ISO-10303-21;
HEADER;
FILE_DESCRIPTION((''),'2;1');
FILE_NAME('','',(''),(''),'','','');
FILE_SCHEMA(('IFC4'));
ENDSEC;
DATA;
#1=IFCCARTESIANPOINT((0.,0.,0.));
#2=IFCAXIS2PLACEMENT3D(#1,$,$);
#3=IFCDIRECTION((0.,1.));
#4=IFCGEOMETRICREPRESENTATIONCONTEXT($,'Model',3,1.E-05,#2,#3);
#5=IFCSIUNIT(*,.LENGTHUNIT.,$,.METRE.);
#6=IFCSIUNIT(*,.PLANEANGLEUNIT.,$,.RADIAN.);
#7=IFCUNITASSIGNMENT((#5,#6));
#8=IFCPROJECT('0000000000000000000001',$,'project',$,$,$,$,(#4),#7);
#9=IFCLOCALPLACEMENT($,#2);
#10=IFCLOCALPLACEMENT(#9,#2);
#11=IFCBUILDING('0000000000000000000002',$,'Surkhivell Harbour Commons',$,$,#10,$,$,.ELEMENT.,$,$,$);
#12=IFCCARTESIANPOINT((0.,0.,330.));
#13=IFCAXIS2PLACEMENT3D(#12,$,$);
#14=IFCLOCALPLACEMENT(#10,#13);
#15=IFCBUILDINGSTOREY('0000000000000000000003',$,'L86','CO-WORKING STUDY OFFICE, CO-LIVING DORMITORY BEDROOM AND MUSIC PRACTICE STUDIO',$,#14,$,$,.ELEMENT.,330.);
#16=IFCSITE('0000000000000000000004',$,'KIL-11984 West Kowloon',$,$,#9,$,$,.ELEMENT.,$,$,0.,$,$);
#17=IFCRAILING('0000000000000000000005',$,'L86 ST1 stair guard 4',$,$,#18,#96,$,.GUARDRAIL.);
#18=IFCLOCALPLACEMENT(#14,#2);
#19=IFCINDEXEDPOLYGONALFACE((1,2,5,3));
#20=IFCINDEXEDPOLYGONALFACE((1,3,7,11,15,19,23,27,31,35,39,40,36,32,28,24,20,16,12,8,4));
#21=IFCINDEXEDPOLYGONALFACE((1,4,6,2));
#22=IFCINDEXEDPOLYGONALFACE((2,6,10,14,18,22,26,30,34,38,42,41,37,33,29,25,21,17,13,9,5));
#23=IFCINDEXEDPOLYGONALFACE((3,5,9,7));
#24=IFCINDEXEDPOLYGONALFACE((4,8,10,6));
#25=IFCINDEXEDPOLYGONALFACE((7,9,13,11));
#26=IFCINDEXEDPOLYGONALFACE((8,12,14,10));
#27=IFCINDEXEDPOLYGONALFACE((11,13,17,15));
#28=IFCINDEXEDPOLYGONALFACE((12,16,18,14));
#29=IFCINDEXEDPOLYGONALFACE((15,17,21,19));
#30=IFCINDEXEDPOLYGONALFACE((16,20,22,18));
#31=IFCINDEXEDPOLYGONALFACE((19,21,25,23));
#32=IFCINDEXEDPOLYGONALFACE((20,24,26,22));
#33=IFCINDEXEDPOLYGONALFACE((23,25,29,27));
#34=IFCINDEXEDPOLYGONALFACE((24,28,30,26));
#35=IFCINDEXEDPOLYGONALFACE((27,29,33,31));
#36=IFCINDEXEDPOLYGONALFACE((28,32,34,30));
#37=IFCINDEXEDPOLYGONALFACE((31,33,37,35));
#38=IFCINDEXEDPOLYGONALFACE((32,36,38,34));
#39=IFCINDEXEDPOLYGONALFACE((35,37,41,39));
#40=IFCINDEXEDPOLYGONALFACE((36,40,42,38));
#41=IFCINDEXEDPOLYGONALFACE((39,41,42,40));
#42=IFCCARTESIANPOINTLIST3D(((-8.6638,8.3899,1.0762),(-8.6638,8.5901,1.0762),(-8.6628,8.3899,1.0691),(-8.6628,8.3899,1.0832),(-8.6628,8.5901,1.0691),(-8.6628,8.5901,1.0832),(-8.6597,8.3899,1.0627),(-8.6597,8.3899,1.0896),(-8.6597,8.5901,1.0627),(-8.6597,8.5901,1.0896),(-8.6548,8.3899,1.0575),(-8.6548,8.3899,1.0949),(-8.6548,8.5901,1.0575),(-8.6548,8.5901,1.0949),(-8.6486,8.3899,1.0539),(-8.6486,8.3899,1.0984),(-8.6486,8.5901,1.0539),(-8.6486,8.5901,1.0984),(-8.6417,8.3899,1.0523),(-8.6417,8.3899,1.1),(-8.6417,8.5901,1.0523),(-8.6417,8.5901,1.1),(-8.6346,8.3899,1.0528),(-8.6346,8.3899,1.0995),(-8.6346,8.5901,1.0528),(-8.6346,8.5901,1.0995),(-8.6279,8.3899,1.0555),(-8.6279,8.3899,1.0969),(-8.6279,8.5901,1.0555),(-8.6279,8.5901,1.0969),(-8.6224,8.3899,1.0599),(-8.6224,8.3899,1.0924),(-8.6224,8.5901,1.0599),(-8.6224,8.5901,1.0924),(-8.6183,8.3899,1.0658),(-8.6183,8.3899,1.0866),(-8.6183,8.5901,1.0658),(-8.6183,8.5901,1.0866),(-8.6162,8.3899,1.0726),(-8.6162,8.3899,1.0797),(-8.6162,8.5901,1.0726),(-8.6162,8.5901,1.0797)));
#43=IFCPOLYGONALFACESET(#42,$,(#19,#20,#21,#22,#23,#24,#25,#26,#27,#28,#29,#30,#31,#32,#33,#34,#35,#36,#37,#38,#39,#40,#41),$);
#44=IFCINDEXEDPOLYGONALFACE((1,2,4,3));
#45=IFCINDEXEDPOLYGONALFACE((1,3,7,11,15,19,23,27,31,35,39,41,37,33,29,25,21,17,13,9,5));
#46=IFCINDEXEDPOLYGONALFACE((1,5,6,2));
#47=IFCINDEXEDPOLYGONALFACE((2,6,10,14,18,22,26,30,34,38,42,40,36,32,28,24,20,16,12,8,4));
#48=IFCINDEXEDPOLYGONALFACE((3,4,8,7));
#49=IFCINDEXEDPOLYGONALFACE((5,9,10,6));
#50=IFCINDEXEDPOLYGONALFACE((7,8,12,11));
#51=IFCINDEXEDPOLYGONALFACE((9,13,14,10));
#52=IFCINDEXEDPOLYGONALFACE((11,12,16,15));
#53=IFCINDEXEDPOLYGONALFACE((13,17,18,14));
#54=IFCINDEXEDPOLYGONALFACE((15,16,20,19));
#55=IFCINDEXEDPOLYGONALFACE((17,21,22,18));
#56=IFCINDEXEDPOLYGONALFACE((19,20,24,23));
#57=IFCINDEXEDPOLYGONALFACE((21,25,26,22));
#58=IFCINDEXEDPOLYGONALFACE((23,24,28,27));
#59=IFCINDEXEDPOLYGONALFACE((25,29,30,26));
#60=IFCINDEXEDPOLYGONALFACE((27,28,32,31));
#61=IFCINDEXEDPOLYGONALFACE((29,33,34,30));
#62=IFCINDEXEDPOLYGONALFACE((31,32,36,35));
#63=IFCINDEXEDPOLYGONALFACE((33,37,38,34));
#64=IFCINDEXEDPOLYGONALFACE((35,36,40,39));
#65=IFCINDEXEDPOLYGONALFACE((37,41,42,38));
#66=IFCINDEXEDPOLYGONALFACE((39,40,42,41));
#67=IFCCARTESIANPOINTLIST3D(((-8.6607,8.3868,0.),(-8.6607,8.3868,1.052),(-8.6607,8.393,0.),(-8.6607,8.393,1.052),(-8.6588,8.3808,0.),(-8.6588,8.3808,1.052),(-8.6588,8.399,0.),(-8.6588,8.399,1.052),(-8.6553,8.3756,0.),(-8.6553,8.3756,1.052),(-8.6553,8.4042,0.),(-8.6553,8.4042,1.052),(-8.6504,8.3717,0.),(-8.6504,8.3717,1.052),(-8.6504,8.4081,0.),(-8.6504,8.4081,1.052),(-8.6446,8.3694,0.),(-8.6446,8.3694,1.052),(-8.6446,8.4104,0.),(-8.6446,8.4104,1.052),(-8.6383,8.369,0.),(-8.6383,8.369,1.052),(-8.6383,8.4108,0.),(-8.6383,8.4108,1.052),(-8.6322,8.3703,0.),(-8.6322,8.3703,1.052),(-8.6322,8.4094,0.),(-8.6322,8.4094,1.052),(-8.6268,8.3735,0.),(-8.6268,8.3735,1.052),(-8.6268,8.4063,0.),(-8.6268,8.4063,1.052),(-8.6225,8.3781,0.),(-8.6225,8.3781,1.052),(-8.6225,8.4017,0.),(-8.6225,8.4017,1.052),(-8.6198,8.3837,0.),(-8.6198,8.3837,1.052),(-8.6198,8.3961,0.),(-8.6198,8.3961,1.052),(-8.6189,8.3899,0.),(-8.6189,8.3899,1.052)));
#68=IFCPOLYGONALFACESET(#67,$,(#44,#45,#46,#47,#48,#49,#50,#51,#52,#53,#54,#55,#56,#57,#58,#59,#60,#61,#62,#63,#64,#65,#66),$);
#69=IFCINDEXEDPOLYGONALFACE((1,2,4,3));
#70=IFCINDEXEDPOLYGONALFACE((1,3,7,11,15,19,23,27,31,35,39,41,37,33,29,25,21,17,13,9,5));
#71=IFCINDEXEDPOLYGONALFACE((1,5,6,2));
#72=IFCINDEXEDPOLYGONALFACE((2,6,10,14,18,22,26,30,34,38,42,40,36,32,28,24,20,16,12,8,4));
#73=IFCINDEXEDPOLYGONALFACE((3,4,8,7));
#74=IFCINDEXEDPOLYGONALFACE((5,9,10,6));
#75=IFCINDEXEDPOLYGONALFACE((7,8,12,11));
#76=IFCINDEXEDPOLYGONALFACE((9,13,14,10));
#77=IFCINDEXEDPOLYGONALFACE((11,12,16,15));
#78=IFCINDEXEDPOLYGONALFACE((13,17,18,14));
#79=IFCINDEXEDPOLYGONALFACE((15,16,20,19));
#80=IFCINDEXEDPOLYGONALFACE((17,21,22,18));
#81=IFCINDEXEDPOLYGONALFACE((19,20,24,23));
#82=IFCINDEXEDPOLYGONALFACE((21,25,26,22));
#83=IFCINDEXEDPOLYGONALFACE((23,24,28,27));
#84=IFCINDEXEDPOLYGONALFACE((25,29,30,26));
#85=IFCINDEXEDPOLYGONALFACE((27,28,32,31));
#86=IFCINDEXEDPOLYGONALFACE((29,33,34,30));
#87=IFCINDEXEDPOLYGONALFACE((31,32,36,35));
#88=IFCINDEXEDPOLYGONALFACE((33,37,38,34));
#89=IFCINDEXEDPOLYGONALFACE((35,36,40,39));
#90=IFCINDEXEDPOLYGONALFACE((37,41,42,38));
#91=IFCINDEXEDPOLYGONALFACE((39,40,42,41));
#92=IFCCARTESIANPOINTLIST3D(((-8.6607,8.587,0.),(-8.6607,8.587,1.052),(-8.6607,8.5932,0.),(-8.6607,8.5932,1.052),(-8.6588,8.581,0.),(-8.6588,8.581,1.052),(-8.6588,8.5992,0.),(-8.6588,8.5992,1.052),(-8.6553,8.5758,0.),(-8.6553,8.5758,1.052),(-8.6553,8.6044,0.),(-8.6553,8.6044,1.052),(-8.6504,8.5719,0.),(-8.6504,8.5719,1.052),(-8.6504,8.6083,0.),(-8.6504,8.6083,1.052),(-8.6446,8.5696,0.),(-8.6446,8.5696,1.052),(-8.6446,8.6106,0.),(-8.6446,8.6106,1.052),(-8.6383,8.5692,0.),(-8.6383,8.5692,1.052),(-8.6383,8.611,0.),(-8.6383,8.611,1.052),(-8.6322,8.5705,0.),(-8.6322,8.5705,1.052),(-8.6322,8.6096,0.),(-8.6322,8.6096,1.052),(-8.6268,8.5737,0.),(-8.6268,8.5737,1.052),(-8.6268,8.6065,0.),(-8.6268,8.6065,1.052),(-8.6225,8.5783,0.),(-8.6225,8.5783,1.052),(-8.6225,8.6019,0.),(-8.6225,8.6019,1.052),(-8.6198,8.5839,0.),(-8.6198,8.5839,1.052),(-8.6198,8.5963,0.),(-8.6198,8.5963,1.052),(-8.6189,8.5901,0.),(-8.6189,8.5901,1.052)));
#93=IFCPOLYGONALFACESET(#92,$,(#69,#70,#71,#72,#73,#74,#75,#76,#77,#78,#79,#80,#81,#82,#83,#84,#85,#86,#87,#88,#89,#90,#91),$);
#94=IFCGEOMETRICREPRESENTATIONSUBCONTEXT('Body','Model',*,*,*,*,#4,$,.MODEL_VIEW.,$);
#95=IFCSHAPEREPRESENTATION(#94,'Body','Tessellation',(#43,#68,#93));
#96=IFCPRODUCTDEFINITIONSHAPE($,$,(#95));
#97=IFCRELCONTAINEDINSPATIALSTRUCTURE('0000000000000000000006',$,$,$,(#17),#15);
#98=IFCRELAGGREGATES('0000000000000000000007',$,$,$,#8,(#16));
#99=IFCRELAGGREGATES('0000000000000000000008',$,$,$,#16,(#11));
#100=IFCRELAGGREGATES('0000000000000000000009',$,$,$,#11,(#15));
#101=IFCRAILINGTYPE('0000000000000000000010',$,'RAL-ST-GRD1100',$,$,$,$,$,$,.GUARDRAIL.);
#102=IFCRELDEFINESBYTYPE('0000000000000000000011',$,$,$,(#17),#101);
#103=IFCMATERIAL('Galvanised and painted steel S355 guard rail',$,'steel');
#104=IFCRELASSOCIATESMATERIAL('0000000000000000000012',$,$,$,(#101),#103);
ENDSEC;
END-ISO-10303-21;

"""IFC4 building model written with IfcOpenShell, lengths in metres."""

from ifc_helpers import new_model, si_unit, direction, frame, origin, origin_2d, place, context, subcontext, project, spatial, circle, extrude, material, type_object, element, save


model = new_model("IFC4")

# Units and contexts
model_context = context("Model", 3, precision=1e-05, world=origin(), true_north=direction((0.0, 1.0)))
body_context = subcontext(model_context, "Body", "Model", "MODEL_VIEW")
ifc_project = project(units=[si_unit("LENGTHUNIT", "METRE"), si_unit("PLANEANGLEUNIT", "RADIAN")], contexts=[model_context])

# Site, building, storey
site_placement = place(None, origin())
site = spatial("IfcSite", under=ifc_project, at=site_placement, Name="KIL-11984 West Kowloon", CompositionType="ELEMENT", RefElevation=0.0)
building_placement = place(site_placement, origin())
building = spatial("IfcBuilding", under=site, at=building_placement, Name="Surkhivell Harbour Commons", CompositionType="ELEMENT")
storey_placement = place(building_placement, frame((0.0, 0.0, 330.0)))
storey = spatial("IfcBuildingStorey", under=building, at=storey_placement, Name="L86", Description="CO-WORKING STUDY OFFICE, CO-LIVING DORMITORY BEDROOM AND MUSIC PRACTICE STUDIO", CompositionType="ELEMENT", Elevation=330.0)

# Railing
ifc_material_1 = material(Name="Galvanised and painted steel S355 guard rail", Category="steel")
railing_type_1 = type_object("IfcRailingType", Name="RAL-ST-GRD1100", PredefinedType="GUARDRAIL", material=ifc_material_1)
railing_1_placement = place(storey_placement, frame((-8.6399, 8.3899, 0.0)))
element("IfcRailing", 1, at=railing_1_placement, inside=storey, type_object=railing_type_1, Name="L86 ST1 stair guard 4", PredefinedType="GUARDRAIL", context=body_context, shape_type="SweptSolid", body=[
    extrude(circle(Radius=0.0239, at=origin_2d()), frame((0.0, 0.0, 1.0762), z_axis=(0.0, 1.0, 0.0), x_axis=(-1.0, 0.0, 0.0)), (0.0, 0.0, 1.0), 0.2002),
    extrude(circle(Radius=0.021, at=origin_2d()), origin(), (0.0, 0.0, 1.0), 1.052),
    extrude(circle(Radius=0.021, at=origin_2d()), frame((0.0, 0.2002, 0.0)), (0.0, 0.0, 1.0), 1.052),
])

save(model, "model.ifc")
